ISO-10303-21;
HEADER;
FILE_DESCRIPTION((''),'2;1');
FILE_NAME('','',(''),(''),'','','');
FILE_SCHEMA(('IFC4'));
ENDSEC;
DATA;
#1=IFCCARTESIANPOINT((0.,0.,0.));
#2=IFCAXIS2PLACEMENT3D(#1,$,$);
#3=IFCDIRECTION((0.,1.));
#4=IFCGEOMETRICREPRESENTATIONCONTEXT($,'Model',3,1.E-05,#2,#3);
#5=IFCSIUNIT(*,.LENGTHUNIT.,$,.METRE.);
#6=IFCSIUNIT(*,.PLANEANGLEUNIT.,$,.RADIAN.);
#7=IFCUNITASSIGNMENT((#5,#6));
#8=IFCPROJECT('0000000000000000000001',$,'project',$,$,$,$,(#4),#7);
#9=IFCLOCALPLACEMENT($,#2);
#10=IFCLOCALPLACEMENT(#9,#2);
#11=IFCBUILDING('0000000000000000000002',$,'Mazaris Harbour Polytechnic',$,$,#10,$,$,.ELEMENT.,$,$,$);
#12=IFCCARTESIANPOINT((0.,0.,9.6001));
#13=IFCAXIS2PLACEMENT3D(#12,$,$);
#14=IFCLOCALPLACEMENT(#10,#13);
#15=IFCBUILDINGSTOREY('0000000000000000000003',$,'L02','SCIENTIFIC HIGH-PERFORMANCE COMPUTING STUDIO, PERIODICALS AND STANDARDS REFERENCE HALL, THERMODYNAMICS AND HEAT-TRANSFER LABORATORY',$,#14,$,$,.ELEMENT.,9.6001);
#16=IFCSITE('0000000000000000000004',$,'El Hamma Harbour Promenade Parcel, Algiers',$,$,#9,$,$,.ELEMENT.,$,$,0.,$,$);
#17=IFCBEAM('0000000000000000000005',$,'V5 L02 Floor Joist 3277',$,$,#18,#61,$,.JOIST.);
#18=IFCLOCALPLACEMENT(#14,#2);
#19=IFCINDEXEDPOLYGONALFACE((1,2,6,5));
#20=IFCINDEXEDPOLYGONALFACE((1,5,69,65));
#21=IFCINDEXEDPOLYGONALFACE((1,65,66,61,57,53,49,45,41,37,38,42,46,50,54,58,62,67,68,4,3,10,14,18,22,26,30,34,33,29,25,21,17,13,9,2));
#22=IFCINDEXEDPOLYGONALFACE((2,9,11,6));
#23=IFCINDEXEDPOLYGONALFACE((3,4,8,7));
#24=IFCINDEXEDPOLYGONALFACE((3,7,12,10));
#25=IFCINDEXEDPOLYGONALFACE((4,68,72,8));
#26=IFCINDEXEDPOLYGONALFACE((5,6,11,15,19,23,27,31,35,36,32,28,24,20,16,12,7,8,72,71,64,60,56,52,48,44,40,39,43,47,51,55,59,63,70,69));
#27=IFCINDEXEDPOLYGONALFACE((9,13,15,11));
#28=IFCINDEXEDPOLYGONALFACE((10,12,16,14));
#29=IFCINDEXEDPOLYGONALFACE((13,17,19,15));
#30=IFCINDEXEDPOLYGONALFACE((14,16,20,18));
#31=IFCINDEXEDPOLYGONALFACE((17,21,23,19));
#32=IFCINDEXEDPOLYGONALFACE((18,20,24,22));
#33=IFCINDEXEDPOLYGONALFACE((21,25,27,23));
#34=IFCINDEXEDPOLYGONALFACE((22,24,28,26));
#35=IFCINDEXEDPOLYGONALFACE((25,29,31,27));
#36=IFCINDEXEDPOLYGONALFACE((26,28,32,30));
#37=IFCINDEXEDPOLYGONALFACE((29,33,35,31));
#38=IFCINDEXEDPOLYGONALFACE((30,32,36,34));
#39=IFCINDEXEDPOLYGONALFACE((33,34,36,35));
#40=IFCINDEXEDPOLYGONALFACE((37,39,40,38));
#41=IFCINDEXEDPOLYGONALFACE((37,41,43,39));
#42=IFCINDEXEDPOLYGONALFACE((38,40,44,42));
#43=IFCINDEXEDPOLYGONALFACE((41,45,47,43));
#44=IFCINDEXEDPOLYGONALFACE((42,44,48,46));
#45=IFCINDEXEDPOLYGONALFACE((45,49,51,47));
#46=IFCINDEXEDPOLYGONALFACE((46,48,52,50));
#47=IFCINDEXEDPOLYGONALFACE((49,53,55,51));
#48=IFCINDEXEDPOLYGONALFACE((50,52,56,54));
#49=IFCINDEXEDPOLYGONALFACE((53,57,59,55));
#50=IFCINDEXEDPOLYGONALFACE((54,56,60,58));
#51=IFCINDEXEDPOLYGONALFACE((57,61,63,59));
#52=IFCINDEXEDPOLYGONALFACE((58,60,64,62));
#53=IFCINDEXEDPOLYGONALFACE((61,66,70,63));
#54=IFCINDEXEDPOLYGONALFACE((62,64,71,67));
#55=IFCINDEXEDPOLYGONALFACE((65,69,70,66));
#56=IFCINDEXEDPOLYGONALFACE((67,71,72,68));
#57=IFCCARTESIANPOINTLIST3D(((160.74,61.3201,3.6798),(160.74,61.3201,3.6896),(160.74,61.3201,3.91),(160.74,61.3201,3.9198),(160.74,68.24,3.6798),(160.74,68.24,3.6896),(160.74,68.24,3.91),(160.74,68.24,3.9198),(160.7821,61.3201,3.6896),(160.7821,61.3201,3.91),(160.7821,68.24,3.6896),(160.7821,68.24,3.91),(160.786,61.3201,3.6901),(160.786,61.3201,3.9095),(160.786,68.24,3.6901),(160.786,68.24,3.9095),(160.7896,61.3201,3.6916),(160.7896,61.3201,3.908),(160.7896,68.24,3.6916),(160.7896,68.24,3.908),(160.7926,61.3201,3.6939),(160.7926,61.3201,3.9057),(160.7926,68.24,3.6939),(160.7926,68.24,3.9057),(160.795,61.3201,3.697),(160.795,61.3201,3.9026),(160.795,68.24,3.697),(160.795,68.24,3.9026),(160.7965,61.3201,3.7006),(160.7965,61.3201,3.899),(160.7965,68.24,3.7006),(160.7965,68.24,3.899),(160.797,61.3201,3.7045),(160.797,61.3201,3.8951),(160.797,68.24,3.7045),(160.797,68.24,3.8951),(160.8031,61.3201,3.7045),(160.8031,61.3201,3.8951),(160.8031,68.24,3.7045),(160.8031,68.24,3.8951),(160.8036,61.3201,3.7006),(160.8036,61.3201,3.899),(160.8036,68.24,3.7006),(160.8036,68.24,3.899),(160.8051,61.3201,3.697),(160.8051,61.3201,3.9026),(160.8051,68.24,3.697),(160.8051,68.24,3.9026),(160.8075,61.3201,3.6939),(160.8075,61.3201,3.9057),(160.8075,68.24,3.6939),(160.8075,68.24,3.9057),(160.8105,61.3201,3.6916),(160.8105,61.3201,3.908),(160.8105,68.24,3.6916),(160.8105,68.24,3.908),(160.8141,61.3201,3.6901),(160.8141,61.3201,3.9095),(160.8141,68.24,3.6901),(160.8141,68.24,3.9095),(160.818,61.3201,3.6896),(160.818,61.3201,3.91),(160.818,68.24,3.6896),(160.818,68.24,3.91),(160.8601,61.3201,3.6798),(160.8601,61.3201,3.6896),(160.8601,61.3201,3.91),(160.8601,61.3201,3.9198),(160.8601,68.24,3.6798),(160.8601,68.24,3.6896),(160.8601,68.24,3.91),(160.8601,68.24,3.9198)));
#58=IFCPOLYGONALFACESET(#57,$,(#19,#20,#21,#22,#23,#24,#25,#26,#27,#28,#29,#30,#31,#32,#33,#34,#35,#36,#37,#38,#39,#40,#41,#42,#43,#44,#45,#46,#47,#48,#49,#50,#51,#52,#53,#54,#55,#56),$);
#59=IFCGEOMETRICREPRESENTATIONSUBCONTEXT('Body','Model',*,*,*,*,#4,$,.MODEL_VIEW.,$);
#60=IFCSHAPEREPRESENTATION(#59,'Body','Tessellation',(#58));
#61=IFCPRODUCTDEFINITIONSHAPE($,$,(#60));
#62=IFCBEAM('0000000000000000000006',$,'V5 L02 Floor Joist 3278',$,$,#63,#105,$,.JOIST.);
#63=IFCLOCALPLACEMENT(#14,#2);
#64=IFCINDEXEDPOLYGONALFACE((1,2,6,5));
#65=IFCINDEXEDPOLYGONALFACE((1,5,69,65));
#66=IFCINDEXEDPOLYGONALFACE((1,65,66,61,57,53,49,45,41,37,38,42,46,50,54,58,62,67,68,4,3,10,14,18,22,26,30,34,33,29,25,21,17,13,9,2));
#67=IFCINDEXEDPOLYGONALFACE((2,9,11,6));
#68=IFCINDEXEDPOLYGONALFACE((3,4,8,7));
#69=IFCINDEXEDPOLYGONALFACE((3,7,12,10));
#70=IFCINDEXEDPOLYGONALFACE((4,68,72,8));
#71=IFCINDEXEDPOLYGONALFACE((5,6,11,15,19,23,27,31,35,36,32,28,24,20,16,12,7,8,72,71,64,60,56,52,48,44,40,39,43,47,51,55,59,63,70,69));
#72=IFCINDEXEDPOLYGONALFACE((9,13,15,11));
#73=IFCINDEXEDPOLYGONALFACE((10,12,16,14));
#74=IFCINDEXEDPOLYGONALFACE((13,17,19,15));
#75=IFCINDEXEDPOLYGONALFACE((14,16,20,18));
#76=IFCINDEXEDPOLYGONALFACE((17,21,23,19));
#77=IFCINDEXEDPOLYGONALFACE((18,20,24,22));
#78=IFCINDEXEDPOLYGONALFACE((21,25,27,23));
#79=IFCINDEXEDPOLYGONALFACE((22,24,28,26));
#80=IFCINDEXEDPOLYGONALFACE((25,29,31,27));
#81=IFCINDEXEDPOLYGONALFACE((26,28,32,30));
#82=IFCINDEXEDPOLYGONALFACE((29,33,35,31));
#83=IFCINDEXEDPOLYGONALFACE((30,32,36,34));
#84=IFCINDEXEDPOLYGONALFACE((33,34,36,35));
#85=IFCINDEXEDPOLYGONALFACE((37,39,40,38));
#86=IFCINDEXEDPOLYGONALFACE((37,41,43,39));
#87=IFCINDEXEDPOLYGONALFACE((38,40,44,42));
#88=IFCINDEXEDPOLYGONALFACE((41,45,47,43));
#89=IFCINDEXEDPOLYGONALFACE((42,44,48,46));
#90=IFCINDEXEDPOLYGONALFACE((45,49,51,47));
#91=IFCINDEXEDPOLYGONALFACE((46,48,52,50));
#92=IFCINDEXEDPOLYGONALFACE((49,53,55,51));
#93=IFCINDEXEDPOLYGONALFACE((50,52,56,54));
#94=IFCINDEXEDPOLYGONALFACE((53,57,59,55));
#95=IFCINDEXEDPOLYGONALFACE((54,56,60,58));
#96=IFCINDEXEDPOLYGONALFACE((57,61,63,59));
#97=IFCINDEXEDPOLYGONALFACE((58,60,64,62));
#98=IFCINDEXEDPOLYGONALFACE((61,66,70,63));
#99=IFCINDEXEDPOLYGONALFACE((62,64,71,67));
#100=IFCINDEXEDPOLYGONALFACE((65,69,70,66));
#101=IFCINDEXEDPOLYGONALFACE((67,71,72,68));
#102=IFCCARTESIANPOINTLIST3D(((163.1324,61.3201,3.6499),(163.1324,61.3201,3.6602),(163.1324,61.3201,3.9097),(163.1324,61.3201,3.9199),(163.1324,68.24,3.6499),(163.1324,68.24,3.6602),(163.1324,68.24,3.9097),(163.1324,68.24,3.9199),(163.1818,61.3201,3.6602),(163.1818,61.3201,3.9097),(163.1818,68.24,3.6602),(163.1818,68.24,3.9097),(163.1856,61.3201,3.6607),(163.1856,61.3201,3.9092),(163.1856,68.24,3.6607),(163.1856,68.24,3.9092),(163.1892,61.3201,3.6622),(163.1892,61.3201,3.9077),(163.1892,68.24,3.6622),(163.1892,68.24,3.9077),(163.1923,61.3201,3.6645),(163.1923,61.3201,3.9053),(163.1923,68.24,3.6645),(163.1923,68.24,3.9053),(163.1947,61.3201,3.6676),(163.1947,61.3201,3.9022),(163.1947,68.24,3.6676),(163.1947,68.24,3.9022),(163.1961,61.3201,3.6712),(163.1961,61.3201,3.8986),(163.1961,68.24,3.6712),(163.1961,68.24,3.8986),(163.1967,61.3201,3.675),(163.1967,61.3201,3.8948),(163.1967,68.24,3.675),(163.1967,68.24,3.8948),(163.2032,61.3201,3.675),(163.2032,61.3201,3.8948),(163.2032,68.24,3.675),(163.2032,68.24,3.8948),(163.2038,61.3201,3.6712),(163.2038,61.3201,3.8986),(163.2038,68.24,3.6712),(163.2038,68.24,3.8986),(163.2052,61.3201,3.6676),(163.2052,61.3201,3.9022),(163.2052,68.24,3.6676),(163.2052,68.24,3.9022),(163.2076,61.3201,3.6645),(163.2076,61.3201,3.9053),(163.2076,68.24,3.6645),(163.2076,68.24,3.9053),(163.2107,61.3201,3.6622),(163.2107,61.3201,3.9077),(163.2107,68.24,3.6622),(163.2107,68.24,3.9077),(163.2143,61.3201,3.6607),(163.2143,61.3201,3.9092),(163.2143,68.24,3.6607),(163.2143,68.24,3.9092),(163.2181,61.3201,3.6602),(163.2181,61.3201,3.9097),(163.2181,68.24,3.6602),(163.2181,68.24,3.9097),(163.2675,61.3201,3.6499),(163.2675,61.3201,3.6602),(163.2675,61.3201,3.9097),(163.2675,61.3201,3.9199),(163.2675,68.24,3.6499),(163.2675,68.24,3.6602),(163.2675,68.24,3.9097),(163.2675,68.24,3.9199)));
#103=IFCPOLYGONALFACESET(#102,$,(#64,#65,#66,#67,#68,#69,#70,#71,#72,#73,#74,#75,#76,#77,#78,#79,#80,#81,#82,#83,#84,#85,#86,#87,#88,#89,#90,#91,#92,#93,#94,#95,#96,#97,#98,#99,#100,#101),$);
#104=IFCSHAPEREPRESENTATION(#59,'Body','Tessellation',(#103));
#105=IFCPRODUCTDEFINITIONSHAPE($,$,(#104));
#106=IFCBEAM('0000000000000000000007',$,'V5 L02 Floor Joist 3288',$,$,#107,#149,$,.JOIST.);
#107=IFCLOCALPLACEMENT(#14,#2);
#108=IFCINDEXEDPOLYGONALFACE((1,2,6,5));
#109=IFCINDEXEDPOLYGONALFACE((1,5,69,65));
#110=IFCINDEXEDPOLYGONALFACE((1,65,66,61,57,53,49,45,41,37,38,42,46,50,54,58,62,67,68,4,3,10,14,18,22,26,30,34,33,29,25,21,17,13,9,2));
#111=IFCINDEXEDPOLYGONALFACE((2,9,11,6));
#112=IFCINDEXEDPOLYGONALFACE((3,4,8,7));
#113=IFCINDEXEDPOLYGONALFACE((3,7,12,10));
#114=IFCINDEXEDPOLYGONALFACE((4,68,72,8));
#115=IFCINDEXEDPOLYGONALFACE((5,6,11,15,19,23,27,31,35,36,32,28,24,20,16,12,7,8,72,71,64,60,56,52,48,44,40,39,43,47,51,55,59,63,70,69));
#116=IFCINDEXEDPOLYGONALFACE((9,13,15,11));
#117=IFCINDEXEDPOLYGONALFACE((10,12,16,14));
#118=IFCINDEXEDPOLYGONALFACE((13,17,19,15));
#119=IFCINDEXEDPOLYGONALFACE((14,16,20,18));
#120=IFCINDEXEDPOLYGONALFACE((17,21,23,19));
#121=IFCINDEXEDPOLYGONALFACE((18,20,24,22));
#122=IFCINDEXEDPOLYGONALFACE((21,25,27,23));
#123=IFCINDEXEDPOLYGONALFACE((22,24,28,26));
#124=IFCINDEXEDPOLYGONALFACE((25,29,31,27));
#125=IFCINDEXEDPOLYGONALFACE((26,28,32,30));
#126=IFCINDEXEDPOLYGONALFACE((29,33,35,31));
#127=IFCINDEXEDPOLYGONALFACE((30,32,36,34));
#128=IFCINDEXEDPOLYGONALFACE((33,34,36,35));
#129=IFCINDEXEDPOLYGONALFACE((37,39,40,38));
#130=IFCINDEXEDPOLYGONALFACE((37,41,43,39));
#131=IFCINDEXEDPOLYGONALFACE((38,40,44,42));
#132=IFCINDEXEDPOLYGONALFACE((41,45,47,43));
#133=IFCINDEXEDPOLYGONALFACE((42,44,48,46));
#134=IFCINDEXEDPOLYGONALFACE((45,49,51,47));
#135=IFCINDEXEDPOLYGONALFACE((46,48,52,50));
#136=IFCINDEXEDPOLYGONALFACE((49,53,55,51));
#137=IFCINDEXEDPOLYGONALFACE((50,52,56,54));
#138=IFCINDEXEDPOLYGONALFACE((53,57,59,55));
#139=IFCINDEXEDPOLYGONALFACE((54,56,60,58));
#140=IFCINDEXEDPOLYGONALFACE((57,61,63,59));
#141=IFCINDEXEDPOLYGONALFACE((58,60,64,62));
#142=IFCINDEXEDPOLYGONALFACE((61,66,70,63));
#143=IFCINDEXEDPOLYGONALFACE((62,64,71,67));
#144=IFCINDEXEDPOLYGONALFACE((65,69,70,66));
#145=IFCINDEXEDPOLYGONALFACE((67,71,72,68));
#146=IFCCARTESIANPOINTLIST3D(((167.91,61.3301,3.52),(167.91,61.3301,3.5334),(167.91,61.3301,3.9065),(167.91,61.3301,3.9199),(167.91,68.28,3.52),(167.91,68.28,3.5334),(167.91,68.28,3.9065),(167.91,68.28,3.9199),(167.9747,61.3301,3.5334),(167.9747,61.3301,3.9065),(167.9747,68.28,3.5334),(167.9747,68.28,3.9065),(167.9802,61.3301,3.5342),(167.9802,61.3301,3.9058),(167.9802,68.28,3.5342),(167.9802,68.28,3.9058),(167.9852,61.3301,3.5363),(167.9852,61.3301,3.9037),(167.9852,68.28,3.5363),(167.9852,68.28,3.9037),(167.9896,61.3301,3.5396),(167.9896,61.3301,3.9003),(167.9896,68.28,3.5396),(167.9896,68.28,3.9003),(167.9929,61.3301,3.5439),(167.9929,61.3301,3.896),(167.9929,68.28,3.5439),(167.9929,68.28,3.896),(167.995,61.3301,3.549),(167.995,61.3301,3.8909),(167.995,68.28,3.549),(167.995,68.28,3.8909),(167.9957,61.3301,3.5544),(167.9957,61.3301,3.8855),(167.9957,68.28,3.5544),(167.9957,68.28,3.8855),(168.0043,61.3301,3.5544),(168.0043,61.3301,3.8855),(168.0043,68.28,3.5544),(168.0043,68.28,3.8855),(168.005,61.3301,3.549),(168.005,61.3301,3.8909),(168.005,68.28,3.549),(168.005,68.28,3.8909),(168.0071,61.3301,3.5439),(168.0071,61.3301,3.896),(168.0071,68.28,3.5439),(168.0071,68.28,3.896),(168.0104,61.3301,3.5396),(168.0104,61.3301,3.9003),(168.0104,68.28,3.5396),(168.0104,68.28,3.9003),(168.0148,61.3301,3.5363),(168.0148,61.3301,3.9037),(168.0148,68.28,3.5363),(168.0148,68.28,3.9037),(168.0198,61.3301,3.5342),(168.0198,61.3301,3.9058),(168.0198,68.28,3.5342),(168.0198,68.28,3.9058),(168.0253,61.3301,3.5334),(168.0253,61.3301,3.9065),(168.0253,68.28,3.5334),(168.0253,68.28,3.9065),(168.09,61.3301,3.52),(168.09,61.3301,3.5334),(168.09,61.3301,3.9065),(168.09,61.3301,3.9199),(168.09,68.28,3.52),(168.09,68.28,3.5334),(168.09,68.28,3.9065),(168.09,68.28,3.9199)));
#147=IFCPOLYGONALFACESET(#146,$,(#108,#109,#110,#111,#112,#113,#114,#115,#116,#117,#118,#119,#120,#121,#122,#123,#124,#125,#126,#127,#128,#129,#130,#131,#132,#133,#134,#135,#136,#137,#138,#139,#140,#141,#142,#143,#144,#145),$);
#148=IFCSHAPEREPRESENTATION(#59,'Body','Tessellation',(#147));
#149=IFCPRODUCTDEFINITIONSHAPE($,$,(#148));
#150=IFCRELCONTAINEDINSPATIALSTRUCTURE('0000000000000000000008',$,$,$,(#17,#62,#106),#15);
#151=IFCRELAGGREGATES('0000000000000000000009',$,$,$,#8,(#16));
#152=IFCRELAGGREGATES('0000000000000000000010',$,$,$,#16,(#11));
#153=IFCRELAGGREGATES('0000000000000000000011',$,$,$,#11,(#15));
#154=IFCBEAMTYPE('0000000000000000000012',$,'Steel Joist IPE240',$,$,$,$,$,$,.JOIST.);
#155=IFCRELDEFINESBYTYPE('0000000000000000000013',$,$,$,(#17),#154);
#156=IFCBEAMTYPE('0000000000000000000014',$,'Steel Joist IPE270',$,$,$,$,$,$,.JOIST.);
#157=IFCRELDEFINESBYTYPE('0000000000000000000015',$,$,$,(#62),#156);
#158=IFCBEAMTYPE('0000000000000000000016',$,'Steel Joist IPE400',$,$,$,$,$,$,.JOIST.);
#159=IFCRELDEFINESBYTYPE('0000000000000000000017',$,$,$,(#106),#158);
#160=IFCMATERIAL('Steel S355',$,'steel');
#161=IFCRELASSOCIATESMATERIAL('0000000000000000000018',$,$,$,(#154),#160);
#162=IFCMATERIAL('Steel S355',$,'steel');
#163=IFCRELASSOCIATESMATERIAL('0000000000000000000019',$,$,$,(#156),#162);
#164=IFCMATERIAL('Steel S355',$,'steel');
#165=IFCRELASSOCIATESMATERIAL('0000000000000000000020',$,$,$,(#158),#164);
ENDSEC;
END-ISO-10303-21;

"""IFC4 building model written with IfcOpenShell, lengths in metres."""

from ifc_helpers import new_model, si_unit, direction, frame, origin, origin_2d, place, context, subcontext, project, spatial, i_section, extrude, material, material_profile, profile_set, type_object, element, save


model = new_model("IFC4")

# Units and contexts
model_context = context("Model", 3, precision=1e-05, world=origin(), true_north=direction((0.0, 1.0)))
body_context = subcontext(model_context, "Body", "Model", "MODEL_VIEW")
ifc_project = project(units=[si_unit("LENGTHUNIT", "METRE"), si_unit("PLANEANGLEUNIT", "RADIAN")], contexts=[model_context])

# Site, building, storey
site_placement = place(None, origin())
site = spatial("IfcSite", under=ifc_project, at=site_placement, Name="El Hamma Harbour Promenade Parcel, Algiers", CompositionType="ELEMENT", RefElevation=0.0)
building_placement = place(site_placement, origin())
building = spatial("IfcBuilding", under=site, at=building_placement, Name="Mazaris Harbour Polytechnic", CompositionType="ELEMENT")
storey_placement = place(building_placement, frame((0.0, 0.0, 9.6001)))
storey = spatial("IfcBuildingStorey", under=building, at=storey_placement, Name="L02", Description="SCIENTIFIC HIGH-PERFORMANCE COMPUTING STUDIO, PERIODICALS AND STANDARDS REFERENCE HALL, THERMODYNAMICS AND HEAT-TRANSFER LABORATORY", CompositionType="ELEMENT", Elevation=9.6001)

# Beams
ifc_material_1 = material(Name="Steel S355", Category="steel")
ifc_material_profile_1 = material_profile(ifc_material_1, i_section(OverallWidth=0.1201, OverallDepth=0.24, WebThickness=0.0061, FlangeThickness=0.0098, FilletRadius=0.0149, at=origin_2d()), Name="IPE 240")
ifc_profile_set_1 = profile_set([ifc_material_profile_1], Name="Steel S355")
beam_type_1 = type_object("IfcBeamType", Name="Steel Joist IPE240", PredefinedType="JOIST", material=ifc_profile_set_1)
beam_1_placement = place(storey_placement, frame((160.8, 61.3201, 3.7998), z_axis=(0.0, 1.0, 0.0), x_axis=(-1.0, 0.0, 0.0)))
element("IfcBeam", 1, at=beam_1_placement, inside=storey, type_object=beam_type_1, Name="V5 L02 Floor Joist 3277", PredefinedType="JOIST", context=body_context, shape_type="SweptSolid", body=[
    extrude(i_section(OverallWidth=0.1201, OverallDepth=0.24, WebThickness=0.0061, FlangeThickness=0.0098, FilletRadius=0.0149, at=origin_2d()), origin(), (0.0, 0.0, 1.0), 6.9199),
])
ifc_material_2 = material(Name="Steel S355", Category="steel")
ifc_material_profile_2 = material_profile(ifc_material_2, i_section(OverallWidth=0.135, OverallDepth=0.27, WebThickness=0.0066, FlangeThickness=0.0103, FilletRadius=0.0149, at=origin_2d()), Name="IPE 270")
ifc_profile_set_2 = profile_set([ifc_material_profile_2], Name="Steel S355")
beam_type_2 = type_object("IfcBeamType", Name="Steel Joist IPE270", PredefinedType="JOIST", material=ifc_profile_set_2)
beam_2_placement = place(storey_placement, frame((163.2, 61.3201, 3.7849), z_axis=(0.0, 1.0, 0.0), x_axis=(-1.0, 0.0, 0.0)))
element("IfcBeam", 2, at=beam_2_placement, inside=storey, type_object=beam_type_2, Name="V5 L02 Floor Joist 3278", PredefinedType="JOIST", context=body_context, shape_type="SweptSolid", body=[
    extrude(i_section(OverallWidth=0.135, OverallDepth=0.27, WebThickness=0.0066, FlangeThickness=0.0103, FilletRadius=0.0149, at=origin_2d()), origin(), (0.0, 0.0, 1.0), 6.9199),
])
ifc_material_3 = material(Name="Steel S355", Category="steel")
ifc_material_profile_3 = material_profile(ifc_material_3, i_section(OverallWidth=0.1799, OverallDepth=0.3999, WebThickness=0.0085, FlangeThickness=0.0134, FilletRadius=0.021, at=origin_2d()), Name="IPE 400")
ifc_profile_set_3 = profile_set([ifc_material_profile_3], Name="Steel S355")
beam_type_3 = type_object("IfcBeamType", Name="Steel Joist IPE400", PredefinedType="JOIST", material=ifc_profile_set_3)
beam_3_placement = place(storey_placement, frame((168.0, 61.3301, 3.72), z_axis=(0.0, 1.0, 0.0), x_axis=(-1.0, 0.0, 0.0)))
element("IfcBeam", 3, at=beam_3_placement, inside=storey, type_object=beam_type_3, Name="V5 L02 Floor Joist 3288", PredefinedType="JOIST", context=body_context, shape_type="SweptSolid", body=[
    extrude(i_section(OverallWidth=0.1799, OverallDepth=0.3999, WebThickness=0.0085, FlangeThickness=0.0134, FilletRadius=0.021, at=origin_2d()), origin(), (0.0, 0.0, 1.0), 6.95),
])

save(model, "model.ifc")
